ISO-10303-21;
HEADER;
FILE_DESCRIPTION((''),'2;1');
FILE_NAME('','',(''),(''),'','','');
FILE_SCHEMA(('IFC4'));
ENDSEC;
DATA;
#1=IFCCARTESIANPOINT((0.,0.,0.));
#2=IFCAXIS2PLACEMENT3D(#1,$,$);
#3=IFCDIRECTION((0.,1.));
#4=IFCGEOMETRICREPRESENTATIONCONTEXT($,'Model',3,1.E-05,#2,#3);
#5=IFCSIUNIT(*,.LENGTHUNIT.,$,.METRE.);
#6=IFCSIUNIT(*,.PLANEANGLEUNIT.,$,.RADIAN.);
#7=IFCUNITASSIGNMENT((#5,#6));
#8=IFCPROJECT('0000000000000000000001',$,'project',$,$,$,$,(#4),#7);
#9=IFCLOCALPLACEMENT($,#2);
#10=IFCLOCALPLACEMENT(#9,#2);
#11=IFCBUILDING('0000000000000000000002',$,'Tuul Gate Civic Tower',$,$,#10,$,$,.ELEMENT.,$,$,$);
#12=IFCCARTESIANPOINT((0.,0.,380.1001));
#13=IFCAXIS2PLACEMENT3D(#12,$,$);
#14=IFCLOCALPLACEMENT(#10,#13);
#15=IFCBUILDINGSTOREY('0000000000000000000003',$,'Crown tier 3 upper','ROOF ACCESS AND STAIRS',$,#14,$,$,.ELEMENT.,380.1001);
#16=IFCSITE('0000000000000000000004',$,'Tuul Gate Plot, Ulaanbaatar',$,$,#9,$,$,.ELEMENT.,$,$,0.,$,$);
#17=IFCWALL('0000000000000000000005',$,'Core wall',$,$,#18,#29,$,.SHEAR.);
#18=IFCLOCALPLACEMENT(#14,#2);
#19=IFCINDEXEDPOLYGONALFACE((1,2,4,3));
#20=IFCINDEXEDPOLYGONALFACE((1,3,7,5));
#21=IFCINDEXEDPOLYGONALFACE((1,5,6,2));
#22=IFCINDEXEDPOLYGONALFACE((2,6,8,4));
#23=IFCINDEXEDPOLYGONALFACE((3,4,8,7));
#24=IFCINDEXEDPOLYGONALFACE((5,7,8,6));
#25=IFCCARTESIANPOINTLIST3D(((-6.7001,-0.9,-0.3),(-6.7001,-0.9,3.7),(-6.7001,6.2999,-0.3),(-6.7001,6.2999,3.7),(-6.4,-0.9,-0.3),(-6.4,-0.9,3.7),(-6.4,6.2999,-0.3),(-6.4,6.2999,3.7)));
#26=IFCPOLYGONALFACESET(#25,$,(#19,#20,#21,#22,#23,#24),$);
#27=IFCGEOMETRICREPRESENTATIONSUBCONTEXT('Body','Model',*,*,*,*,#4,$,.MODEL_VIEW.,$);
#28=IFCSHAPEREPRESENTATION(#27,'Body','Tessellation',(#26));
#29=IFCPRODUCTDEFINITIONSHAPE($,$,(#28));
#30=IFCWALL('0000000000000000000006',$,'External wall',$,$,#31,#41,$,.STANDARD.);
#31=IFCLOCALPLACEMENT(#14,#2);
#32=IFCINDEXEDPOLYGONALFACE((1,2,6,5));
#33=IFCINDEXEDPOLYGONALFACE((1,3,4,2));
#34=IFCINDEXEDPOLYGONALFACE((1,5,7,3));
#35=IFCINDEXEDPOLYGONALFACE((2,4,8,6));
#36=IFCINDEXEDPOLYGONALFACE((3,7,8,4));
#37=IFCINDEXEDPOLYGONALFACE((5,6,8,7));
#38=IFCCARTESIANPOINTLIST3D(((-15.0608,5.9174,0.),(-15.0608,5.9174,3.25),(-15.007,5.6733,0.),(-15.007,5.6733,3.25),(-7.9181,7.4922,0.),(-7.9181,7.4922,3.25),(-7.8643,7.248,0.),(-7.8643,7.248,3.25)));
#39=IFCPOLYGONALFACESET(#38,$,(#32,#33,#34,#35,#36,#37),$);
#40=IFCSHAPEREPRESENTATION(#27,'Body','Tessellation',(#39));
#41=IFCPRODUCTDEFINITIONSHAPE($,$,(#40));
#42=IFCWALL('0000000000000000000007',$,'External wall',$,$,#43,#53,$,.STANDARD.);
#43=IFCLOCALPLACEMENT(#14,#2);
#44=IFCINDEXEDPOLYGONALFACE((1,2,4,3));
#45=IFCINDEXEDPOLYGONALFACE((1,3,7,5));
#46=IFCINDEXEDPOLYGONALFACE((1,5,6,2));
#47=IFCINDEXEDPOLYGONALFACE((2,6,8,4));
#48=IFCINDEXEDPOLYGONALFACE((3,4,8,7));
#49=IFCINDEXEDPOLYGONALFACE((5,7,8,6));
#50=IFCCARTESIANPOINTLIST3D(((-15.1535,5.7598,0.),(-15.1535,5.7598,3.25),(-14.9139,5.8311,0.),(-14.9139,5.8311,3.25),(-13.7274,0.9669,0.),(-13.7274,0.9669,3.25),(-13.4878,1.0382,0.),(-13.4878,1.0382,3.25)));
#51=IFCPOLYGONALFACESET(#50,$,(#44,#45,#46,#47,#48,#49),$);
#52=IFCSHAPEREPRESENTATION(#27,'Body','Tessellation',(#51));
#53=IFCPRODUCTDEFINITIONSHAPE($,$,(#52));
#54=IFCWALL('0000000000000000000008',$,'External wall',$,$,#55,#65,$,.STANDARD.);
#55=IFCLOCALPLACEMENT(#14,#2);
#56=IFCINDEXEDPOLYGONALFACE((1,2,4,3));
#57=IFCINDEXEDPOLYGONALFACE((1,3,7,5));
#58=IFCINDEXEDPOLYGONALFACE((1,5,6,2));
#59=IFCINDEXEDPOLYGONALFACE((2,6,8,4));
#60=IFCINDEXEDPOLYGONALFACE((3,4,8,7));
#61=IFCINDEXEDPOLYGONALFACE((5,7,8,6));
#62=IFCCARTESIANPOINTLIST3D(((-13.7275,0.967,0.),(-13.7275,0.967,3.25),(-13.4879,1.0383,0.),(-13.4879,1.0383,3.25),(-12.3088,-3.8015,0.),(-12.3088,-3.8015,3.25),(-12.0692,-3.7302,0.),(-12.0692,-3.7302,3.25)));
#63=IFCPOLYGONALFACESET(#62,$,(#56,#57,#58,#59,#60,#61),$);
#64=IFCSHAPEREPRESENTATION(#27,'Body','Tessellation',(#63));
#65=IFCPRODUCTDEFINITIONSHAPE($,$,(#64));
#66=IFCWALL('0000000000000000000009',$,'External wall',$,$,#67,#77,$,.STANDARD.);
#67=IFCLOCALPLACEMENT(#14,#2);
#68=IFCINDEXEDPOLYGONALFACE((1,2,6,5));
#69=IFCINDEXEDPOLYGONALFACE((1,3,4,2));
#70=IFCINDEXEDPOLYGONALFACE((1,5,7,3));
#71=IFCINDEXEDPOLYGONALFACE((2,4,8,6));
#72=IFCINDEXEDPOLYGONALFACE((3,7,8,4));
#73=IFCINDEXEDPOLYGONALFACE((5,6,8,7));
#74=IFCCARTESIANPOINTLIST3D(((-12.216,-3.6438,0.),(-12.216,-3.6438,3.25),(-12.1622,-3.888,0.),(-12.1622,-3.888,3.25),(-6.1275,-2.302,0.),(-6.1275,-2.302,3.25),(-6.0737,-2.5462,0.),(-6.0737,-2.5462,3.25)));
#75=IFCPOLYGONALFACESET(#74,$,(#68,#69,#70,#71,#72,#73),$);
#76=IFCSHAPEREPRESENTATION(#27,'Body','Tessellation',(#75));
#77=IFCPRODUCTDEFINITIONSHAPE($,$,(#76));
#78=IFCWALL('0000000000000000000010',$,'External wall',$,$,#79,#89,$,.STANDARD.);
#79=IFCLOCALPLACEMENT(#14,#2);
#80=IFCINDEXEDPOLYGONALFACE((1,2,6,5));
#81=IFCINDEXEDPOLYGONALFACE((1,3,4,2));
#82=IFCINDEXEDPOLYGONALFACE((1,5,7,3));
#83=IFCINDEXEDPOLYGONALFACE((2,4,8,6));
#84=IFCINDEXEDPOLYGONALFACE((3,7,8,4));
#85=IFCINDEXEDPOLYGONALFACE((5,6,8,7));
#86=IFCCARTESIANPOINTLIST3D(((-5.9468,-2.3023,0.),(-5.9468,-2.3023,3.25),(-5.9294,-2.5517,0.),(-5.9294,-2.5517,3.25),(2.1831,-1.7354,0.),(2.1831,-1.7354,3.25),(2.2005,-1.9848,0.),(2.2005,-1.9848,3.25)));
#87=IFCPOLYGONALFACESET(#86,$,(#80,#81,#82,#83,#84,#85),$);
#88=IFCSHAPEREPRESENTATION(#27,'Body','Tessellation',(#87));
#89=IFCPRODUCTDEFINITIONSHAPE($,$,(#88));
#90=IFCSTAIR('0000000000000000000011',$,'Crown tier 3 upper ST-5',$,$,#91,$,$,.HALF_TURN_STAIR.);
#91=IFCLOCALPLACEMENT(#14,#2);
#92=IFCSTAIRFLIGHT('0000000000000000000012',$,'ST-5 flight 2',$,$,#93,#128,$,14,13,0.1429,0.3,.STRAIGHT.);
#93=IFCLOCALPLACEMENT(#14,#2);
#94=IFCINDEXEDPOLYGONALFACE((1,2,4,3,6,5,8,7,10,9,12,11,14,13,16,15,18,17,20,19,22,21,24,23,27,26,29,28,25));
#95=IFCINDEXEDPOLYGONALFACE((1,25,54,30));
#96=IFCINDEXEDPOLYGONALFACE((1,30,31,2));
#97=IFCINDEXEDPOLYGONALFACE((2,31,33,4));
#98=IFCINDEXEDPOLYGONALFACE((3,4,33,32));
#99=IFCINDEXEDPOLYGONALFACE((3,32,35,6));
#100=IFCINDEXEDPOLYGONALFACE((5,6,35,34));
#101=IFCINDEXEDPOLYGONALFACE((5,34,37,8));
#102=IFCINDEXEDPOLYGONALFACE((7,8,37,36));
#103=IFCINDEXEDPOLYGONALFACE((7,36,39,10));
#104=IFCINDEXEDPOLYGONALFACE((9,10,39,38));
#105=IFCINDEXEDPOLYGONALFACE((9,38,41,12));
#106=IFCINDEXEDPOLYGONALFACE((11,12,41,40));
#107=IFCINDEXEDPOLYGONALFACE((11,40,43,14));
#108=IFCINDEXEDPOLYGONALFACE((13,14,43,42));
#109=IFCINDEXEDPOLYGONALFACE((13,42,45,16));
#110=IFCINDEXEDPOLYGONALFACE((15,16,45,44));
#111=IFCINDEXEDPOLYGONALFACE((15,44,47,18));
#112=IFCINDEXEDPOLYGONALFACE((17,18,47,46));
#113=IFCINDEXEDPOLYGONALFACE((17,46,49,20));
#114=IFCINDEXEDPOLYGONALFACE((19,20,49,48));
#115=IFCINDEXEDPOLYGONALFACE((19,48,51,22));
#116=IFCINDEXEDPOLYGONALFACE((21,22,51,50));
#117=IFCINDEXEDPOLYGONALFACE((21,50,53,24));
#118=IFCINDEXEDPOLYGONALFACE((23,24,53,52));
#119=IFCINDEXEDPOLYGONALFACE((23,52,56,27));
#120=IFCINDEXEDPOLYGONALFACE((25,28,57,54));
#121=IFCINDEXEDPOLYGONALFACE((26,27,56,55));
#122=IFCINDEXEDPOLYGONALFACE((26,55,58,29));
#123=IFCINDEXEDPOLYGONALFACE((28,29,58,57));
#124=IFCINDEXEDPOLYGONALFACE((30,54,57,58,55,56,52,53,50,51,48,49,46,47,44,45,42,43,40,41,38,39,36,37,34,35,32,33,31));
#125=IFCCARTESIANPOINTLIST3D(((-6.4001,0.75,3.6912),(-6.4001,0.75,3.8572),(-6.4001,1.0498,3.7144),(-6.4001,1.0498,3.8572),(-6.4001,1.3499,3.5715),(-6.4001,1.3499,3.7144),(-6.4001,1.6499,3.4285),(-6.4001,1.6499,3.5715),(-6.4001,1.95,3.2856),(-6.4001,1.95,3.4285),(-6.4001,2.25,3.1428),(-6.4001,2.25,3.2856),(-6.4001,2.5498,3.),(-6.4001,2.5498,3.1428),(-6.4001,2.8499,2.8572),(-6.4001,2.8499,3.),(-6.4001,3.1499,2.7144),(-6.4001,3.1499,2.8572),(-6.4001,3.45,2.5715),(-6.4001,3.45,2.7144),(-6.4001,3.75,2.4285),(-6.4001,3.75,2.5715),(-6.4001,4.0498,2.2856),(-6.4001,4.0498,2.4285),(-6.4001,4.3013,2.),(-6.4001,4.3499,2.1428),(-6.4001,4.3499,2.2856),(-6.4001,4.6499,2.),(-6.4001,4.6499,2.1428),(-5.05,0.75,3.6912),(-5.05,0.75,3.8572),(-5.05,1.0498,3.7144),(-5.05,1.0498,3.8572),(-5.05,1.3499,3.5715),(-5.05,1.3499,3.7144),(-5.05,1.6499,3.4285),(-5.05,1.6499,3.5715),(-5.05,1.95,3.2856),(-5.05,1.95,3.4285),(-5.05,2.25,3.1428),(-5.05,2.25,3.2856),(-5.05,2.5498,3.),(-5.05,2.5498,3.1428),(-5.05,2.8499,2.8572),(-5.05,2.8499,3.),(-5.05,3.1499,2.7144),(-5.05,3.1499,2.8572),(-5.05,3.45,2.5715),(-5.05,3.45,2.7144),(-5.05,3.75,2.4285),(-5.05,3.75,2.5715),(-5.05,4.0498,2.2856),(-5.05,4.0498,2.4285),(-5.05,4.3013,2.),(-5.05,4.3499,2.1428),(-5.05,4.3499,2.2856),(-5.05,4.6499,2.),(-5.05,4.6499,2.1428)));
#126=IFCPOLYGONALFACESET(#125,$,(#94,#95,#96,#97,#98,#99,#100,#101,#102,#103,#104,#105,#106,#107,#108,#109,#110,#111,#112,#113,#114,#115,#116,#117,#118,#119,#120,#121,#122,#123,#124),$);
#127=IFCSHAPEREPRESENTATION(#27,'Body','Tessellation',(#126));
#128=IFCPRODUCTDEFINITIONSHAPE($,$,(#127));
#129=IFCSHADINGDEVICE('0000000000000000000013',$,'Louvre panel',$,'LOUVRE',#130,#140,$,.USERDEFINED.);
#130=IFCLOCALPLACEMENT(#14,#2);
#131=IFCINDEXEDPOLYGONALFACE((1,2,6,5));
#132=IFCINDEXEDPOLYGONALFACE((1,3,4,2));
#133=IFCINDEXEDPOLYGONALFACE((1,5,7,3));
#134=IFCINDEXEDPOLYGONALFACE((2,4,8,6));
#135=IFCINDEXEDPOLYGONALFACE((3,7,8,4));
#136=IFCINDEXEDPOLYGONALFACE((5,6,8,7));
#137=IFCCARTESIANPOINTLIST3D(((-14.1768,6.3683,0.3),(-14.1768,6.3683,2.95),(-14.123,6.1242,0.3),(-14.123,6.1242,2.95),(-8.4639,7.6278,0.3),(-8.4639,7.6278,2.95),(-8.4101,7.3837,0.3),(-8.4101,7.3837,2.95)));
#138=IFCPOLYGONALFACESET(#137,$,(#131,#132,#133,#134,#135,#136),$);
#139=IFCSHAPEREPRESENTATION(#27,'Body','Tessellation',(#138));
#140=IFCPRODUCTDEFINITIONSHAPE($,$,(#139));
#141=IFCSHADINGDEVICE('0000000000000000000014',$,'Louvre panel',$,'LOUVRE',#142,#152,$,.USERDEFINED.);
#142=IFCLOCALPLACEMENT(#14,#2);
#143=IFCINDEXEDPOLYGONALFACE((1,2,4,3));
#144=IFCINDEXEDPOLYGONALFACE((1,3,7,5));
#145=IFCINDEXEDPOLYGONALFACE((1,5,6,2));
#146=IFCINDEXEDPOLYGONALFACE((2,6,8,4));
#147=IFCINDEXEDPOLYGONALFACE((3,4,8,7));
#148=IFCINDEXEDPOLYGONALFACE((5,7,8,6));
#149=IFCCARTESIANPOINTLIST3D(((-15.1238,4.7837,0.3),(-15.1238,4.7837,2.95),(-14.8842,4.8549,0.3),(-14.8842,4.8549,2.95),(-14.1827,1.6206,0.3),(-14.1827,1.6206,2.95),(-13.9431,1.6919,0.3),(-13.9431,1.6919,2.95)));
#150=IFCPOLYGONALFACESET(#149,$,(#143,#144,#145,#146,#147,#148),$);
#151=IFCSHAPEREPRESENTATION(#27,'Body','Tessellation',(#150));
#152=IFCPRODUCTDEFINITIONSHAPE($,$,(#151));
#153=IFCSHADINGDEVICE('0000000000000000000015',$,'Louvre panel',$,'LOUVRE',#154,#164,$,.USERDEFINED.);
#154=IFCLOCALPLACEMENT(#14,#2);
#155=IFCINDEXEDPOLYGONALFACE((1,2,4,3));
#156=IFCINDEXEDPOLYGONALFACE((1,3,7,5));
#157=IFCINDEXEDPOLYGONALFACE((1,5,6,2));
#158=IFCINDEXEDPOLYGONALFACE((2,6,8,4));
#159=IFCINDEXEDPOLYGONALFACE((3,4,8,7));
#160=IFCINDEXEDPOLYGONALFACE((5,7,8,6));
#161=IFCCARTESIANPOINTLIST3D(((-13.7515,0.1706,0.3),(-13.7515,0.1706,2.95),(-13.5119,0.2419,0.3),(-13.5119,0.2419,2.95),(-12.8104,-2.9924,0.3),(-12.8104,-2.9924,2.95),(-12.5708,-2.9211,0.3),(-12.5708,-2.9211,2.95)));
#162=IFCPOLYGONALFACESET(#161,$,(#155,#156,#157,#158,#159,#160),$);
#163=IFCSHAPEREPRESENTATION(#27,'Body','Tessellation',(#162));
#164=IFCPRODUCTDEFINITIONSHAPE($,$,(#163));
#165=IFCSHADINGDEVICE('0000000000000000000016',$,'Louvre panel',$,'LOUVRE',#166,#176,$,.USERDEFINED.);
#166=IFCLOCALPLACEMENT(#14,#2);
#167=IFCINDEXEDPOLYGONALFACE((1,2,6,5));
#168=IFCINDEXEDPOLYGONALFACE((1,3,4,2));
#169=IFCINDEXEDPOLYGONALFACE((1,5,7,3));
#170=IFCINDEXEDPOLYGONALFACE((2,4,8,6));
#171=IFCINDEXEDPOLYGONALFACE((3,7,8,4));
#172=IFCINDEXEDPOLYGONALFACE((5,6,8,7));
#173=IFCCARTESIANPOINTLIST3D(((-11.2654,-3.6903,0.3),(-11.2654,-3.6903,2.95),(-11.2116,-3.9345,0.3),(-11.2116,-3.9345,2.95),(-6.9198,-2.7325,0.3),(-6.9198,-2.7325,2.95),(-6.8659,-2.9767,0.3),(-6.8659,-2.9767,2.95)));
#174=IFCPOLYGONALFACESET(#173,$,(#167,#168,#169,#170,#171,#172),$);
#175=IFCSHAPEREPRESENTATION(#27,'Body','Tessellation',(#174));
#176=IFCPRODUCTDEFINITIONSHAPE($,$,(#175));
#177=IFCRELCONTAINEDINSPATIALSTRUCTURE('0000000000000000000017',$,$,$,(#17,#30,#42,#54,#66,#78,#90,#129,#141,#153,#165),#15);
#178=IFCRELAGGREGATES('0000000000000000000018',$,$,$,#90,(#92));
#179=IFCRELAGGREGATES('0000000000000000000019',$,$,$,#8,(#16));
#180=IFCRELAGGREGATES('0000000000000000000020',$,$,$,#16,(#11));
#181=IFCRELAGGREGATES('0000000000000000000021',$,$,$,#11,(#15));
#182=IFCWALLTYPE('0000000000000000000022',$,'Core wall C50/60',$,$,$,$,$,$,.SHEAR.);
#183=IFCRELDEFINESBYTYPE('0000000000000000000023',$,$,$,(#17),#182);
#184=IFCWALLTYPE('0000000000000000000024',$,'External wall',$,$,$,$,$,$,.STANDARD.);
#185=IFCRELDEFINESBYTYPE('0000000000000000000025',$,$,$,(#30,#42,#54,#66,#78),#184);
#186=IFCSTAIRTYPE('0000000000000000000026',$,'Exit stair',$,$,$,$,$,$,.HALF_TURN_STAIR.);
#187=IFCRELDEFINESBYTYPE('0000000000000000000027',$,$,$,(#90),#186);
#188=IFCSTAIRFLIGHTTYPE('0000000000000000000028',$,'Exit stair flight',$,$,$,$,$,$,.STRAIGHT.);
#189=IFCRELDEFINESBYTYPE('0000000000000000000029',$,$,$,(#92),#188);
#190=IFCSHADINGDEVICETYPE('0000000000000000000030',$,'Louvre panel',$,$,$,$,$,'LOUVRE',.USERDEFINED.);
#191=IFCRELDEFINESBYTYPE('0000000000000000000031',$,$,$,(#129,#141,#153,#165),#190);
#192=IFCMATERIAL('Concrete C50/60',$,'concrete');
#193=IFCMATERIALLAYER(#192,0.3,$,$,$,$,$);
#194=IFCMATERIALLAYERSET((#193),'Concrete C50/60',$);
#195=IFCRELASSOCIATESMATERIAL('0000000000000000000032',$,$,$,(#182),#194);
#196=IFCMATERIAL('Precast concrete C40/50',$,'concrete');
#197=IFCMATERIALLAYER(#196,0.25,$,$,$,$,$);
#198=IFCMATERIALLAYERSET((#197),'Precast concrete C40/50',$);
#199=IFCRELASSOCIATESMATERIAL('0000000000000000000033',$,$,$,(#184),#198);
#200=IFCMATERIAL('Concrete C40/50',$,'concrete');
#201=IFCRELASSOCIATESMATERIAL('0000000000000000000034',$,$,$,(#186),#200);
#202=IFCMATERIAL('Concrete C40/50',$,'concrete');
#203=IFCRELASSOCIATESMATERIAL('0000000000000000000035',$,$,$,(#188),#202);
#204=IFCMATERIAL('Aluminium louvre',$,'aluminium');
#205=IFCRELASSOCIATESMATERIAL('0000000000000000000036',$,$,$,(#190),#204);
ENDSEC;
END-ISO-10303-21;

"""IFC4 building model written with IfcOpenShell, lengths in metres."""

from ifc_helpers import new_model, si_unit, direction, frame, frame_2d, origin, origin_2d, place, context, subcontext, project, spatial, polyline, rectangle, outline, extrude, material, layer, layer_set, type_object, element, aggregate, save


model = new_model("IFC4")

# Units and contexts
model_context = context("Model", 3, precision=1e-05, world=origin(), true_north=direction((0.0, 1.0)))
body_context = subcontext(model_context, "Body", "Model", "MODEL_VIEW")
ifc_project = project(units=[si_unit("LENGTHUNIT", "METRE"), si_unit("PLANEANGLEUNIT", "RADIAN")], contexts=[model_context])

# Site, building, storey
site_placement = place(None, origin())
site = spatial("IfcSite", under=ifc_project, at=site_placement, Name="Tuul Gate Plot, Ulaanbaatar", CompositionType="ELEMENT", RefElevation=0.0)
building_placement = place(site_placement, origin())
building = spatial("IfcBuilding", under=site, at=building_placement, Name="Tuul Gate Civic Tower", CompositionType="ELEMENT")
storey_placement = place(building_placement, frame((0.0, 0.0, 380.1001)))
storey = spatial("IfcBuildingStorey", under=building, at=storey_placement, Name="Crown tier 3 upper", Description="ROOF ACCESS AND STAIRS", CompositionType="ELEMENT", Elevation=380.1001)

# Walls
ifc_material_1 = material(Name="Concrete C50/60", Category="concrete")
ifc_layer_1 = layer(ifc_material_1, 0.3)
ifc_layer_set_1 = layer_set([ifc_layer_1], Name="Concrete C50/60")
wall_type_1 = type_object("IfcWallType", Name="Core wall C50/60", PredefinedType="SHEAR", material=ifc_layer_set_1)
wall_1_placement = place(storey_placement, frame((-6.55, 6.3, -0.3), z_axis=(0.0, 0.0, 1.0), x_axis=(0.0, -1.0, 0.0)))
element("IfcWall", 1, at=wall_1_placement, inside=storey, type_object=wall_type_1, Name="Core wall", PredefinedType="SHEAR", context=body_context, shape_type="SweptSolid", body=[
    extrude(rectangle(XDim=7.2, YDim=0.3, at=frame_2d((3.6001, 0.0))), origin(), (0.0, 0.0, 1.0), 4.0),
])
ifc_material_2 = material(Name="Precast concrete C40/50", Category="concrete")
ifc_layer_2 = layer(ifc_material_2, 0.25)
ifc_layer_set_2 = layer_set([ifc_layer_2], Name="Precast concrete C40/50")
wall_type_2 = type_object("IfcWallType", Name="External wall", PredefinedType="STANDARD", material=ifc_layer_set_2)
wall_2_placement = place(storey_placement, frame((-7.8911, 7.3701, 0.0), z_axis=(0.0, 0.0, 1.0), x_axis=(-0.976549, -0.215297, 0.0)))
element("IfcWall", 2, at=wall_2_placement, inside=storey, type_object=wall_type_2, Name="External wall", PredefinedType="STANDARD", context=body_context, shape_type="SweptSolid", body=[
    extrude(rectangle(XDim=7.3142, YDim=0.25, at=frame_2d((3.6572, 0.0))), origin(), (0.0, 0.0, 1.0), 3.25),
])
wall_3_placement = place(storey_placement, frame((-15.0337, 5.7954, 0.0), z_axis=(0.0, 0.0, 1.0), x_axis=(0.285184, -0.958473, 0.0)))
element("IfcWall", 3, at=wall_3_placement, inside=storey, type_object=wall_type_2, Name="External wall", PredefinedType="STANDARD", context=body_context, shape_type="SweptSolid", body=[
    extrude(rectangle(XDim=5.0005, YDim=0.25, at=frame_2d((2.5002, 0.0))), origin(), (0.0, 0.0, 1.0), 3.25),
])
wall_4_placement = place(storey_placement, frame((-13.6077, 1.0027, 0.0), z_axis=(0.0, 0.0, 1.0), x_axis=(0.285159, -0.95848, 0.0)))
element("IfcWall", 4, at=wall_4_placement, inside=storey, type_object=wall_type_2, Name="External wall", PredefinedType="STANDARD", context=body_context, shape_type="SweptSolid", body=[
    extrude(rectangle(XDim=4.9751, YDim=0.25, at=frame_2d((2.4875, 0.0))), origin(), (0.0, 0.0, 1.0), 3.25),
])
wall_5_placement = place(storey_placement, frame((-12.189, -3.7659, 0.0), z_axis=(0.0, 0.0, 1.0), x_axis=(0.976567, 0.215214, 0.0)))
element("IfcWall", 5, at=wall_5_placement, inside=storey, type_object=wall_type_2, Name="External wall", PredefinedType="STANDARD", context=body_context, shape_type="SweptSolid", body=[
    extrude(rectangle(XDim=6.2346, YDim=0.25, at=frame_2d((3.1172, 0.0))), origin(), (0.0, 0.0, 1.0), 3.25),
])
wall_6_placement = place(storey_placement, frame((-5.938, -2.427, 0.0), z_axis=(0.0, 0.0, 1.0), x_axis=(0.997578, 0.069561, 0.0)))
element("IfcWall", 6, at=wall_6_placement, inside=storey, type_object=wall_type_2, Name="External wall", PredefinedType="STANDARD", context=body_context, shape_type="SweptSolid", body=[
    extrude(rectangle(XDim=8.1497, YDim=0.25, at=frame_2d((4.0747, 0.0))), origin(), (0.0, 0.0, 1.0), 3.25),
])

# Stair, stair flight
ifc_material_3 = material(Name="Concrete C40/50", Category="concrete")
stair_type = type_object("IfcStairType", Name="Exit stair", PredefinedType="HALF_TURN_STAIR", material=ifc_material_3)
stair_placement = place(storey_placement, origin())
stair = element("IfcStair", 7, at=stair_placement, inside=storey, type_object=stair_type, Name="Crown tier 3 upper ST-5", PredefinedType="HALF_TURN_STAIR")
ifc_material_4 = material(Name="Concrete C40/50", Category="concrete")
stair_flight_type = type_object("IfcStairFlightType", Name="Exit stair flight", PredefinedType="STRAIGHT", material=ifc_material_4)
stair_flight_placement = place(storey_placement, frame((-5.7251, 4.6499, 2.0), z_axis=(0.0, 0.0, 1.0), x_axis=(0.0, -1.0, 0.0)))
stair_flight = element("IfcStairFlight", 8, at=stair_flight_placement, type_object=stair_flight_type, Name="ST-5 flight 2", NumberOfRisers=14, NumberOfTreads=13, PredefinedType="STRAIGHT", RiserHeight=0.1429, TreadLength=0.3, context=body_context, shape_type="SweptSolid", body=[
    extrude(outline(polyline([(0.0, 0.0), (0.0, 0.1428), (0.3, 0.1428), (0.3, 0.2856), (0.6001, 0.2856), (0.6001, 0.4285), (0.8999, 0.4285), (0.8999, 0.5715), (1.2, 0.5715), (1.2, 0.7144), (1.5, 0.7144), (1.5, 0.8572), (1.8, 0.8572), (1.8, 1.0), (2.1001, 1.0), (2.1001, 1.1428), (2.3999, 1.1428), (2.3999, 1.2856), (2.7, 1.2856), (2.7, 1.4285), (3.0, 1.4285), (3.0, 1.5715), (3.3, 1.5715), (3.3, 1.7144), (3.6001, 1.7144), (3.6001, 1.8572), (3.8999, 1.8572), (3.8999, 2.0), (3.8999, 1.6912), (0.3486, 0.0), (0.0, 0.0)])), frame((0.0, 0.675, 0.0), z_axis=(0.0, -1.0, 0.0), x_axis=(1.0, 0.0, 0.0)), (0.0, 0.0, 1.0), 1.3501),
])
aggregate(stair, [stair_flight])

# Shading devices
ifc_material_5 = material(Name="Aluminium louvre", Category="aluminium")
shading_device_type = type_object("IfcShadingDeviceType", Name="Louvre panel", ElementType="LOUVRE", PredefinedType="USERDEFINED", material=ifc_material_5)
shading_device_1_placement = place(storey_placement, frame((-11.2935, 6.876, 0.3), z_axis=(0.0, 0.0, 1.0), x_axis=(-0.215298, 0.976548, 0.0)))
element("IfcShadingDevice", 9, at=shading_device_1_placement, inside=storey, type_object=shading_device_type, Name="Louvre panel", ObjectType="LOUVRE", PredefinedType="USERDEFINED", context=body_context, shape_type="SweptSolid", body=[
    extrude(rectangle(XDim=0.25, YDim=5.8501, at=origin_2d()), origin(), (0.0, 0.0, 1.0), 2.6499),
])
for number, where, z_axis, x_axis, name in (
    (10, (-14.5334, 3.2378, 0.3), (0.0, 0.0, 1.0), (-0.958476, -0.285174, 0.0), "Louvre panel"),
    (11, (-13.1611, -1.3752, 0.3), (0.0, 0.0, 1.0), (-0.958476, -0.285174, 0.0), "Louvre panel"),
):
    element("IfcShadingDevice", number, at=place(storey_placement, frame(where, z_axis=z_axis, x_axis=x_axis)), inside=storey, type_object=shading_device_type, Name=name, ObjectType="LOUVRE", PredefinedType="USERDEFINED", context=body_context, shape_type="SweptSolid", body=[
        extrude(rectangle(XDim=0.25, YDim=3.3, at=origin_2d()), origin(), (0.0, 0.0, 1.0), 2.6499),
    ])
shading_device_2_placement = place(storey_placement, frame((-9.0657, -3.3335, 0.3), z_axis=(0.0, 0.0, 1.0), x_axis=(0.215243, -0.976561, 0.0)))
element("IfcShadingDevice", 12, at=shading_device_2_placement, inside=storey, type_object=shading_device_type, Name="Louvre panel", ObjectType="LOUVRE", PredefinedType="USERDEFINED", context=body_context, shape_type="SweptSolid", body=[
    extrude(rectangle(XDim=0.25, YDim=4.45, at=origin_2d()), origin(), (0.0, 0.0, 1.0), 2.6499),
])

save(model, "model.ifc")
